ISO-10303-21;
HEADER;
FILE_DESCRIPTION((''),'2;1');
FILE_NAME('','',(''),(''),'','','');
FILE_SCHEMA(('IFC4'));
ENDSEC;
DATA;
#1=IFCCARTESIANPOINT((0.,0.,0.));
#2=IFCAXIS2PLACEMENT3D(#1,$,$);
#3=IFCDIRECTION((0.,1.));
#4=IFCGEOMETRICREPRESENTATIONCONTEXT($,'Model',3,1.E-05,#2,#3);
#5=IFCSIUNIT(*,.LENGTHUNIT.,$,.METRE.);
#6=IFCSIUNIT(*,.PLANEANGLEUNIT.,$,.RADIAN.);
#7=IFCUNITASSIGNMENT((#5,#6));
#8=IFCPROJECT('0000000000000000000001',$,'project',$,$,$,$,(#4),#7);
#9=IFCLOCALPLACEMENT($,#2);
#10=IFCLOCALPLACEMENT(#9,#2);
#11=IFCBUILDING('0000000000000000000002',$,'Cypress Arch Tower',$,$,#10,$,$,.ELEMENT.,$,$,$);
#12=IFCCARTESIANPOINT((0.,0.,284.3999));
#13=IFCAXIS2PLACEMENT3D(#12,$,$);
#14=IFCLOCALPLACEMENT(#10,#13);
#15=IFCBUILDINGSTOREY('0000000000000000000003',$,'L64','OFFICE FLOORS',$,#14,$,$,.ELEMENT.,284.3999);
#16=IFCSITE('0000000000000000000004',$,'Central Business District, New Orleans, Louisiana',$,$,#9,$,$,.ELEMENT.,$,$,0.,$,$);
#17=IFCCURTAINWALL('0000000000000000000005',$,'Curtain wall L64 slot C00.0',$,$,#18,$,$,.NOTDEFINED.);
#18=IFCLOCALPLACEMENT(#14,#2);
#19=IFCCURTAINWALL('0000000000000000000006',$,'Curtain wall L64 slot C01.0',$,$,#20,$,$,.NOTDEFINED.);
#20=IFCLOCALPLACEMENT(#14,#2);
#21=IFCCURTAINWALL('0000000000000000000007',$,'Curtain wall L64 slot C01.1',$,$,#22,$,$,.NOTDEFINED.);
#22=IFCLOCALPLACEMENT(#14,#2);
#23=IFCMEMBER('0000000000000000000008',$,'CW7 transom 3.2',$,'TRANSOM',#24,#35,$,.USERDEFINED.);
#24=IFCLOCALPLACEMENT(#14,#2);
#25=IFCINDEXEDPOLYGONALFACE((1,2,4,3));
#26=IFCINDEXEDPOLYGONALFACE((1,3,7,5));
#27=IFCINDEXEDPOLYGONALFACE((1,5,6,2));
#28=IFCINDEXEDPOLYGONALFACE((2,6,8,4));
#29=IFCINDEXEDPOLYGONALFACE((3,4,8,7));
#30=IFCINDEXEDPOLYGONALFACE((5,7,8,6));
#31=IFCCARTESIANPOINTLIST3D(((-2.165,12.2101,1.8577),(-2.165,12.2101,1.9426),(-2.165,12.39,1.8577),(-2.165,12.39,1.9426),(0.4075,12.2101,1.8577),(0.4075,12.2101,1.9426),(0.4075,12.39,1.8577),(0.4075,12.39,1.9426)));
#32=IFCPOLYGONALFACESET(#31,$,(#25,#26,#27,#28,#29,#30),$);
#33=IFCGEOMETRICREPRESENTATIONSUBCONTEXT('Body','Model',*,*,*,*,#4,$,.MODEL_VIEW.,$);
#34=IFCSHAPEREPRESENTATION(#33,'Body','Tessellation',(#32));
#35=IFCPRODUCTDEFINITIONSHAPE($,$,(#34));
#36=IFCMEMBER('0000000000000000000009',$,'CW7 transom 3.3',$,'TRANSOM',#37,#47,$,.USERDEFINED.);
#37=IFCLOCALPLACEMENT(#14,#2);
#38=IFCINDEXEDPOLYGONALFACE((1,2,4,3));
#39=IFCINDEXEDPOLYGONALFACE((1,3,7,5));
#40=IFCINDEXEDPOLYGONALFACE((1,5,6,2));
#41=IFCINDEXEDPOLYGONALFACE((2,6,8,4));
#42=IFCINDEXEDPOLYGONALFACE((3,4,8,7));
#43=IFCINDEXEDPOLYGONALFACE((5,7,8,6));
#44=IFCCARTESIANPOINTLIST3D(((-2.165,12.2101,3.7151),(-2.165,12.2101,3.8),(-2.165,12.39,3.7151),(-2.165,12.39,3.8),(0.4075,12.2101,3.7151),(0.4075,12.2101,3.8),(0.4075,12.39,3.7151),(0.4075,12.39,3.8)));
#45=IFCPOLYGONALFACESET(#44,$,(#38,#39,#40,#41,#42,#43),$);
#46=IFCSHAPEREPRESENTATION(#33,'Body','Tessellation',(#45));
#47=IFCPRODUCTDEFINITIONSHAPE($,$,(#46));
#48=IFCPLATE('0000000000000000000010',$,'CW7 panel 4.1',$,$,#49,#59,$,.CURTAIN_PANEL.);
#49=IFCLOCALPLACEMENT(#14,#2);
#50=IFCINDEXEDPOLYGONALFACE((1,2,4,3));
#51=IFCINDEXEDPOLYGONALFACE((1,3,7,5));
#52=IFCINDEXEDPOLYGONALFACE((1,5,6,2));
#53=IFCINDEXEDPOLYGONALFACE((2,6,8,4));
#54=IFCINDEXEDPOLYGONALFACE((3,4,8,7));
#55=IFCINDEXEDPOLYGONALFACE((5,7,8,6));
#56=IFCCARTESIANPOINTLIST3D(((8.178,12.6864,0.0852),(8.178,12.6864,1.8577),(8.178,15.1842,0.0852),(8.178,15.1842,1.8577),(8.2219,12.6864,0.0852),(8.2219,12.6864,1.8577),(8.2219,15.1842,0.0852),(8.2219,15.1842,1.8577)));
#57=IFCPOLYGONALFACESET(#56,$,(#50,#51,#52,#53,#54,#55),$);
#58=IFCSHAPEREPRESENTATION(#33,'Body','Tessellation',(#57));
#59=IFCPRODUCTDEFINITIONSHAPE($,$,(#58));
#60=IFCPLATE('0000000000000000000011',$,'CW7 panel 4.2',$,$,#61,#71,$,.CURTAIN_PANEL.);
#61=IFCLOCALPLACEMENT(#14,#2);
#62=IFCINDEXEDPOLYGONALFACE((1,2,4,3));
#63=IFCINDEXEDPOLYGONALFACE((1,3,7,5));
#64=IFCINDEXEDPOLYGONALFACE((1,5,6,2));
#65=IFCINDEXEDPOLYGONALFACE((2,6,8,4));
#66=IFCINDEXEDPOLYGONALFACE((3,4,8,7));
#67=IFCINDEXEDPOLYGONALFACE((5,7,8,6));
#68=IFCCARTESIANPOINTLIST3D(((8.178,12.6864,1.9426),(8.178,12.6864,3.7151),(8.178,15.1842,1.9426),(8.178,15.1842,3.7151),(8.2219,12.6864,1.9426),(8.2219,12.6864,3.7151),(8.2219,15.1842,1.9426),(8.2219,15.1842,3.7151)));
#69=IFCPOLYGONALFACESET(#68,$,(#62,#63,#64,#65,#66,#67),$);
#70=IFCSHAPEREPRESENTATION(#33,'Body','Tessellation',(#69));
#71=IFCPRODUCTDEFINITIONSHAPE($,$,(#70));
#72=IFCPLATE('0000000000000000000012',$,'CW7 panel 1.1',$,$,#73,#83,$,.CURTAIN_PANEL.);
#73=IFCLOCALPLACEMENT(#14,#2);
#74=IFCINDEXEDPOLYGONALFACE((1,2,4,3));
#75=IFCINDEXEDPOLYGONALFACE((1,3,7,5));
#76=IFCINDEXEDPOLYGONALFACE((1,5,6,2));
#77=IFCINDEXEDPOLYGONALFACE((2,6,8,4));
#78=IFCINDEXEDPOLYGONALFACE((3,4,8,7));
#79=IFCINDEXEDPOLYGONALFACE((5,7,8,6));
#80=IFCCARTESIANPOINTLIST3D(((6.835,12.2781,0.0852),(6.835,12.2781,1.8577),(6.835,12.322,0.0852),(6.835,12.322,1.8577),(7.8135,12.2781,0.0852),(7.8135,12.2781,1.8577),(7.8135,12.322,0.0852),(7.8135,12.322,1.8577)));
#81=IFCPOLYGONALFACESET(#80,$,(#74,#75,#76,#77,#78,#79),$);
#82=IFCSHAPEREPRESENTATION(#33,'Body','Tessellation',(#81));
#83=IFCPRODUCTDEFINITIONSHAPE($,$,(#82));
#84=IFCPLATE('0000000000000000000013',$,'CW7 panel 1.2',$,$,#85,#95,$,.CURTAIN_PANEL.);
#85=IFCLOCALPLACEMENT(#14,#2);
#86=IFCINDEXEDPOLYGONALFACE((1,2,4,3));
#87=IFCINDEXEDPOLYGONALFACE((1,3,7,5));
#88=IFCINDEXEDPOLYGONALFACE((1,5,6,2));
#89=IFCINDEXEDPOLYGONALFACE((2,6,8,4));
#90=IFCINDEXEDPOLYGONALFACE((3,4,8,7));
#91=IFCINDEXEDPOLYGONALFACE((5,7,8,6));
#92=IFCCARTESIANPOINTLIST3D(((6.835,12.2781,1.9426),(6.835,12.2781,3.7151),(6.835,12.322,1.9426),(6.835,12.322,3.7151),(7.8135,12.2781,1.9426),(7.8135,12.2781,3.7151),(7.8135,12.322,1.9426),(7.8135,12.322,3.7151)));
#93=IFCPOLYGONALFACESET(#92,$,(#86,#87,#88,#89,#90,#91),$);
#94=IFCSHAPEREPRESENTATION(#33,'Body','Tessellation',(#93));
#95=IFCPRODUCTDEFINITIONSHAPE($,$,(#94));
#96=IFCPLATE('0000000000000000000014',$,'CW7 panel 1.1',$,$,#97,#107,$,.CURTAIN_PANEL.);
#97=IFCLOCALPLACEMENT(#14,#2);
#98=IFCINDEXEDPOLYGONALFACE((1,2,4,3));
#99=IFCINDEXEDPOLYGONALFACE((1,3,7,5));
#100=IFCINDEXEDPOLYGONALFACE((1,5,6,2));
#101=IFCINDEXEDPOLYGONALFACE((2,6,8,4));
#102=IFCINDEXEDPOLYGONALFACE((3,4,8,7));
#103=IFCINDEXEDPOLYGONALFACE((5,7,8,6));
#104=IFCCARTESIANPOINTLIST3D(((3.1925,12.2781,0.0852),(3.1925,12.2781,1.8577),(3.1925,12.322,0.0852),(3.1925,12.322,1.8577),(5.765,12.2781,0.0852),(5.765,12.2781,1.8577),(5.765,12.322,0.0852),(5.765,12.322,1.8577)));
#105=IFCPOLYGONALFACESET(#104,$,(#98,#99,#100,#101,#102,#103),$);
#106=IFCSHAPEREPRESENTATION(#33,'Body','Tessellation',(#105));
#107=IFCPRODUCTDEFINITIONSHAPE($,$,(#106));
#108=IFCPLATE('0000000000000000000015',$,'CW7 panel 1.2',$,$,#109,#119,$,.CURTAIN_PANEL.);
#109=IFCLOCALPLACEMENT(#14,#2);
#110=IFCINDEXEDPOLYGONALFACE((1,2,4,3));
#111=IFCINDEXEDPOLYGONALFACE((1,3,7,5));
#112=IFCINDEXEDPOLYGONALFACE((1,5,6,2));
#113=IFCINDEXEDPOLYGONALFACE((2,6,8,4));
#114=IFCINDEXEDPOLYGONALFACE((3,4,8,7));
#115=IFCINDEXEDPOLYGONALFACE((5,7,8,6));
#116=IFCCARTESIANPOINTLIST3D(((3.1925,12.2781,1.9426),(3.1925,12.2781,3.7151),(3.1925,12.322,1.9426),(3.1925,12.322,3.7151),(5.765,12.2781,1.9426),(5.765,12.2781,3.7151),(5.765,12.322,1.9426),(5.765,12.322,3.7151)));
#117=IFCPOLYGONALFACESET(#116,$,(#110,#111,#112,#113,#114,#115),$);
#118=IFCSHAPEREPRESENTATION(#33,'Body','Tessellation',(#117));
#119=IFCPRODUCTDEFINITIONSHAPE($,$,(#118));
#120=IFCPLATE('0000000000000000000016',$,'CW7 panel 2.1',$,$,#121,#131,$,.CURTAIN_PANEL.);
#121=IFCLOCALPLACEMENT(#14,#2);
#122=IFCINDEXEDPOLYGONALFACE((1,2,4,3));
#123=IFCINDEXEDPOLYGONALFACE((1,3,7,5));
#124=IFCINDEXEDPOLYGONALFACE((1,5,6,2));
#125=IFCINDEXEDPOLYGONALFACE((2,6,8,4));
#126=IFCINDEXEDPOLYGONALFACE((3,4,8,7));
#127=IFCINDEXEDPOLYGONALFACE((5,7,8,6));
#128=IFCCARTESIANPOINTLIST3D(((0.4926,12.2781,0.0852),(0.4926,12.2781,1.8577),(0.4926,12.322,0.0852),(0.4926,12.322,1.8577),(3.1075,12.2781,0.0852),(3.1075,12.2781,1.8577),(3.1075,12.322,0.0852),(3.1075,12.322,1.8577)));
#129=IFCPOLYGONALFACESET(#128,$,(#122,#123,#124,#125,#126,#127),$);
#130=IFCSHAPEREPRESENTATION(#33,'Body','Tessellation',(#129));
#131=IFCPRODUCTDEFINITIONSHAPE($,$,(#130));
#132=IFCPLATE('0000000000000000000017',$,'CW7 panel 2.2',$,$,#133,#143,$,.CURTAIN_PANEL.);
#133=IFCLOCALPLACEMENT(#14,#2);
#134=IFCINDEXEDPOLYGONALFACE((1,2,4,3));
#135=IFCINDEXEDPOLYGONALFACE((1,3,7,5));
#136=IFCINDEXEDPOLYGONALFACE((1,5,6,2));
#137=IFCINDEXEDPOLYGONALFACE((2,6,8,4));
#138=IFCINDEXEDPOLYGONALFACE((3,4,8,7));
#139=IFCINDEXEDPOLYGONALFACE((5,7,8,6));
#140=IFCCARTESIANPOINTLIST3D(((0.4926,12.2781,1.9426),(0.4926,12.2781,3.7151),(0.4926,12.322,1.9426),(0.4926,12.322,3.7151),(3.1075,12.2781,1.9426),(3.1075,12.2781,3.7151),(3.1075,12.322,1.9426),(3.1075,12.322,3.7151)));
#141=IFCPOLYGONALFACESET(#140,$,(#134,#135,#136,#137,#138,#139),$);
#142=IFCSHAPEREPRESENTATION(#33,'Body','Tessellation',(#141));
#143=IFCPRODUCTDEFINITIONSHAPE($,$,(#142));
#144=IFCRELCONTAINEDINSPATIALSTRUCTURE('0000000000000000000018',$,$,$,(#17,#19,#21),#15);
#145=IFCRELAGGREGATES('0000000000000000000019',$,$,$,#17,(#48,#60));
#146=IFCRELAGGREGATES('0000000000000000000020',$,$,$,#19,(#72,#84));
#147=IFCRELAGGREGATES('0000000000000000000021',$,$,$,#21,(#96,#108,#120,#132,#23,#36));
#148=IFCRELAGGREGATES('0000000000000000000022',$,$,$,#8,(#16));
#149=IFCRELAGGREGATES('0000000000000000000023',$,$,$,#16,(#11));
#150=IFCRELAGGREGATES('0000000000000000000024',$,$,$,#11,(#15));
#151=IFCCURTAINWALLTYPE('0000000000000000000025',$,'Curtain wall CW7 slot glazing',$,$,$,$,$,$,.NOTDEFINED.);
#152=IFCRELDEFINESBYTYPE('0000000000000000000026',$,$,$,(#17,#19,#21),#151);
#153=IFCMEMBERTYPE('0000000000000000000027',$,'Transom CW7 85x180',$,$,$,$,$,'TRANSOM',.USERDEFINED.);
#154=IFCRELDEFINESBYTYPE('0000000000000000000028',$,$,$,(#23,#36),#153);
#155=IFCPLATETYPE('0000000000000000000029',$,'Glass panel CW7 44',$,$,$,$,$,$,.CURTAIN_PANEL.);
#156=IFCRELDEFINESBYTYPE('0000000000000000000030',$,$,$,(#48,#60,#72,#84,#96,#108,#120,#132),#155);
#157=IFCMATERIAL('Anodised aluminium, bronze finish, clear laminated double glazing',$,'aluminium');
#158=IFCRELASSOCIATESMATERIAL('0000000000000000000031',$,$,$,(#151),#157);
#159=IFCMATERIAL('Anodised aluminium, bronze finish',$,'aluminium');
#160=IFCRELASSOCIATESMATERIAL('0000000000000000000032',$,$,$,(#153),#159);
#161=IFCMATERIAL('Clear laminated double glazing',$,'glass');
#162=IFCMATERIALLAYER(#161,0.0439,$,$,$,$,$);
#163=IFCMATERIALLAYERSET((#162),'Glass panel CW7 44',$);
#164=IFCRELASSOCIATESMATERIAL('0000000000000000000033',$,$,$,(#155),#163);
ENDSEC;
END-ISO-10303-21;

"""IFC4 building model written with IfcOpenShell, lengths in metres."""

from ifc_helpers import new_model, si_unit, direction, frame, origin, origin_2d, place, context, subcontext, project, spatial, rectangle, extrude, material, layer, layer_set, material_profile, profile_set, type_object, element, aggregate, save


model = new_model("IFC4")

# Units and contexts
model_context = context("Model", 3, precision=1e-05, world=origin(), true_north=direction((0.0, 1.0)))
body_context = subcontext(model_context, "Body", "Model", "MODEL_VIEW")
ifc_project = project(units=[si_unit("LENGTHUNIT", "METRE"), si_unit("PLANEANGLEUNIT", "RADIAN")], contexts=[model_context])

# Site, building, storey
site_placement = place(None, origin())
site = spatial("IfcSite", under=ifc_project, at=site_placement, Name="Central Business District, New Orleans, Louisiana", CompositionType="ELEMENT", RefElevation=0.0)
building_placement = place(site_placement, origin())
building = spatial("IfcBuilding", under=site, at=building_placement, Name="Cypress Arch Tower", CompositionType="ELEMENT")
storey_placement = place(building_placement, frame((0.0, 0.0, 284.3999)))
storey = spatial("IfcBuildingStorey", under=building, at=storey_placement, Name="L64", Description="OFFICE FLOORS", CompositionType="ELEMENT", Elevation=284.3999)

# Curtain walls
ifc_material_1 = material(Name="Anodised aluminium, bronze finish, clear laminated double glazing", Category="aluminium")
curtain_wall_type = type_object("IfcCurtainWallType", Name="Curtain wall CW7 slot glazing", PredefinedType="NOTDEFINED", material=ifc_material_1)
curtain_wall_1_placement = place(storey_placement, origin())
curtain_wall_1 = element("IfcCurtainWall", 1, at=curtain_wall_1_placement, inside=storey, type_object=curtain_wall_type, Name="Curtain wall L64 slot C00.0", PredefinedType="NOTDEFINED")
curtain_wall_2_placement = place(storey_placement, origin())
curtain_wall_2 = element("IfcCurtainWall", 2, at=curtain_wall_2_placement, inside=storey, type_object=curtain_wall_type, Name="Curtain wall L64 slot C01.0", PredefinedType="NOTDEFINED")
curtain_wall_3_placement = place(storey_placement, origin())
curtain_wall_3 = element("IfcCurtainWall", 3, at=curtain_wall_3_placement, inside=storey, type_object=curtain_wall_type, Name="Curtain wall L64 slot C01.1", PredefinedType="NOTDEFINED")

# Members
ifc_material_2 = material(Name="Anodised aluminium, bronze finish", Category="aluminium")
ifc_material_profile_1 = material_profile(ifc_material_2, rectangle(XDim=0.1799, YDim=0.085, at=origin_2d()), Name="Transom 85x180")
ifc_profile_set_1 = profile_set([ifc_material_profile_1], Name="Anodised aluminium, bronze finish")
member_type_1 = type_object("IfcMemberType", Name="Transom CW7 85x180", ElementType="TRANSOM", PredefinedType="USERDEFINED", material=ifc_profile_set_1)
member_1_placement = place(storey_placement, frame((0.4075, 12.3, 1.9001), z_axis=(-1.0, 0.0, 0.0), x_axis=(0.0, -1.0, 0.0)))
member_1 = element("IfcMember", 4, at=member_1_placement, type_object=member_type_1, Name="CW7 transom 3.2", ObjectType="TRANSOM", PredefinedType="USERDEFINED", context=body_context, shape_type="SweptSolid", body=[
    extrude(rectangle(XDim=0.1799, YDim=0.085, at=origin_2d()), origin(), (0.0, 0.0, 1.0), 2.5725),
])
member_2_placement = place(storey_placement, frame((0.4075, 12.3, 3.7576), z_axis=(-1.0, 0.0, 0.0), x_axis=(0.0, -1.0, 0.0)))
member_2 = element("IfcMember", 5, at=member_2_placement, type_object=member_type_1, Name="CW7 transom 3.3", ObjectType="TRANSOM", PredefinedType="USERDEFINED", context=body_context, shape_type="SweptSolid", body=[
    extrude(rectangle(XDim=0.1799, YDim=0.085, at=origin_2d()), origin(), (0.0, 0.0, 1.0), 2.5725),
])

# Plates
ifc_material_3 = material(Name="Clear laminated double glazing", Category="glass")
ifc_layer = layer(ifc_material_3, 0.0439)
ifc_layer_set = layer_set([ifc_layer], Name="Glass panel CW7 44")
plate_type = type_object("IfcPlateType", Name="Glass panel CW7 44", PredefinedType="CURTAIN_PANEL", material=ifc_layer_set)
plate_1_placement = place(storey_placement, frame((8.2, 13.9353, 0.0852), z_axis=(0.0, 0.0, 1.0), x_axis=(0.0, -1.0, 0.0)))
plate_1 = element("IfcPlate", 6, at=plate_1_placement, type_object=plate_type, Name="CW7 panel 4.1", PredefinedType="CURTAIN_PANEL", context=body_context, shape_type="SweptSolid", body=[
    extrude(rectangle(XDim=2.4978, YDim=0.0439, at=origin_2d()), origin(), (0.0, 0.0, 1.0), 1.7725),
])
plate_2_placement = place(storey_placement, frame((8.2, 13.9353, 1.9426), z_axis=(0.0, 0.0, 1.0), x_axis=(0.0, -1.0, 0.0)))
plate_2 = element("IfcPlate", 7, at=plate_2_placement, type_object=plate_type, Name="CW7 panel 4.2", PredefinedType="CURTAIN_PANEL", context=body_context, shape_type="SweptSolid", body=[
    extrude(rectangle(XDim=2.4978, YDim=0.0439, at=origin_2d()), origin(), (0.0, 0.0, 1.0), 1.7725),
])
aggregate(curtain_wall_1, [plate_1, plate_2])
plate_3_placement = place(storey_placement, frame((7.3242, 12.3, 0.0852), z_axis=(0.0, 0.0, 1.0), x_axis=(-1.0, 0.0, 0.0)))
plate_3 = element("IfcPlate", 8, at=plate_3_placement, type_object=plate_type, Name="CW7 panel 1.1", PredefinedType="CURTAIN_PANEL", context=body_context, shape_type="SweptSolid", body=[
    extrude(rectangle(XDim=0.9785, YDim=0.0439, at=origin_2d()), origin(), (0.0, 0.0, 1.0), 1.7725),
])
plate_4_placement = place(storey_placement, frame((7.3242, 12.3, 1.9426), z_axis=(0.0, 0.0, 1.0), x_axis=(-1.0, 0.0, 0.0)))
plate_4 = element("IfcPlate", 9, at=plate_4_placement, type_object=plate_type, Name="CW7 panel 1.2", PredefinedType="CURTAIN_PANEL", context=body_context, shape_type="SweptSolid", body=[
    extrude(rectangle(XDim=0.9785, YDim=0.0439, at=origin_2d()), origin(), (0.0, 0.0, 1.0), 1.7725),
])
aggregate(curtain_wall_2, [plate_3, plate_4])
plate_5_placement = place(storey_placement, frame((4.4788, 12.3, 0.0852), z_axis=(0.0, 0.0, 1.0), x_axis=(-1.0, 0.0, 0.0)))
plate_5 = element("IfcPlate", 10, at=plate_5_placement, type_object=plate_type, Name="CW7 panel 1.1", PredefinedType="CURTAIN_PANEL", context=body_context, shape_type="SweptSolid", body=[
    extrude(rectangle(XDim=2.5725, YDim=0.0439, at=origin_2d()), origin(), (0.0, 0.0, 1.0), 1.7725),
])
plate_6_placement = place(storey_placement, frame((4.4788, 12.3, 1.9426), z_axis=(0.0, 0.0, 1.0), x_axis=(-1.0, 0.0, 0.0)))
plate_6 = element("IfcPlate", 11, at=plate_6_placement, type_object=plate_type, Name="CW7 panel 1.2", PredefinedType="CURTAIN_PANEL", context=body_context, shape_type="SweptSolid", body=[
    extrude(rectangle(XDim=2.5725, YDim=0.0439, at=origin_2d()), origin(), (0.0, 0.0, 1.0), 1.7725),
])
plate_7_placement = place(storey_placement, frame((1.8, 12.3, 0.0852), z_axis=(0.0, 0.0, 1.0), x_axis=(-1.0, 0.0, 0.0)))
plate_7 = element("IfcPlate", 12, at=plate_7_placement, type_object=plate_type, Name="CW7 panel 2.1", PredefinedType="CURTAIN_PANEL", context=body_context, shape_type="SweptSolid", body=[
    extrude(rectangle(XDim=2.615, YDim=0.0439, at=origin_2d()), origin(), (0.0, 0.0, 1.0), 1.7725),
])
plate_8_placement = place(storey_placement, frame((1.8, 12.3, 1.9426), z_axis=(0.0, 0.0, 1.0), x_axis=(-1.0, 0.0, 0.0)))
plate_8 = element("IfcPlate", 13, at=plate_8_placement, type_object=plate_type, Name="CW7 panel 2.2", PredefinedType="CURTAIN_PANEL", context=body_context, shape_type="SweptSolid", body=[
    extrude(rectangle(XDim=2.615, YDim=0.0439, at=origin_2d()), origin(), (0.0, 0.0, 1.0), 1.7725),
])
aggregate(curtain_wall_3, [plate_5, plate_6, plate_7, plate_8, member_1, member_2])

save(model, "model.ifc")
